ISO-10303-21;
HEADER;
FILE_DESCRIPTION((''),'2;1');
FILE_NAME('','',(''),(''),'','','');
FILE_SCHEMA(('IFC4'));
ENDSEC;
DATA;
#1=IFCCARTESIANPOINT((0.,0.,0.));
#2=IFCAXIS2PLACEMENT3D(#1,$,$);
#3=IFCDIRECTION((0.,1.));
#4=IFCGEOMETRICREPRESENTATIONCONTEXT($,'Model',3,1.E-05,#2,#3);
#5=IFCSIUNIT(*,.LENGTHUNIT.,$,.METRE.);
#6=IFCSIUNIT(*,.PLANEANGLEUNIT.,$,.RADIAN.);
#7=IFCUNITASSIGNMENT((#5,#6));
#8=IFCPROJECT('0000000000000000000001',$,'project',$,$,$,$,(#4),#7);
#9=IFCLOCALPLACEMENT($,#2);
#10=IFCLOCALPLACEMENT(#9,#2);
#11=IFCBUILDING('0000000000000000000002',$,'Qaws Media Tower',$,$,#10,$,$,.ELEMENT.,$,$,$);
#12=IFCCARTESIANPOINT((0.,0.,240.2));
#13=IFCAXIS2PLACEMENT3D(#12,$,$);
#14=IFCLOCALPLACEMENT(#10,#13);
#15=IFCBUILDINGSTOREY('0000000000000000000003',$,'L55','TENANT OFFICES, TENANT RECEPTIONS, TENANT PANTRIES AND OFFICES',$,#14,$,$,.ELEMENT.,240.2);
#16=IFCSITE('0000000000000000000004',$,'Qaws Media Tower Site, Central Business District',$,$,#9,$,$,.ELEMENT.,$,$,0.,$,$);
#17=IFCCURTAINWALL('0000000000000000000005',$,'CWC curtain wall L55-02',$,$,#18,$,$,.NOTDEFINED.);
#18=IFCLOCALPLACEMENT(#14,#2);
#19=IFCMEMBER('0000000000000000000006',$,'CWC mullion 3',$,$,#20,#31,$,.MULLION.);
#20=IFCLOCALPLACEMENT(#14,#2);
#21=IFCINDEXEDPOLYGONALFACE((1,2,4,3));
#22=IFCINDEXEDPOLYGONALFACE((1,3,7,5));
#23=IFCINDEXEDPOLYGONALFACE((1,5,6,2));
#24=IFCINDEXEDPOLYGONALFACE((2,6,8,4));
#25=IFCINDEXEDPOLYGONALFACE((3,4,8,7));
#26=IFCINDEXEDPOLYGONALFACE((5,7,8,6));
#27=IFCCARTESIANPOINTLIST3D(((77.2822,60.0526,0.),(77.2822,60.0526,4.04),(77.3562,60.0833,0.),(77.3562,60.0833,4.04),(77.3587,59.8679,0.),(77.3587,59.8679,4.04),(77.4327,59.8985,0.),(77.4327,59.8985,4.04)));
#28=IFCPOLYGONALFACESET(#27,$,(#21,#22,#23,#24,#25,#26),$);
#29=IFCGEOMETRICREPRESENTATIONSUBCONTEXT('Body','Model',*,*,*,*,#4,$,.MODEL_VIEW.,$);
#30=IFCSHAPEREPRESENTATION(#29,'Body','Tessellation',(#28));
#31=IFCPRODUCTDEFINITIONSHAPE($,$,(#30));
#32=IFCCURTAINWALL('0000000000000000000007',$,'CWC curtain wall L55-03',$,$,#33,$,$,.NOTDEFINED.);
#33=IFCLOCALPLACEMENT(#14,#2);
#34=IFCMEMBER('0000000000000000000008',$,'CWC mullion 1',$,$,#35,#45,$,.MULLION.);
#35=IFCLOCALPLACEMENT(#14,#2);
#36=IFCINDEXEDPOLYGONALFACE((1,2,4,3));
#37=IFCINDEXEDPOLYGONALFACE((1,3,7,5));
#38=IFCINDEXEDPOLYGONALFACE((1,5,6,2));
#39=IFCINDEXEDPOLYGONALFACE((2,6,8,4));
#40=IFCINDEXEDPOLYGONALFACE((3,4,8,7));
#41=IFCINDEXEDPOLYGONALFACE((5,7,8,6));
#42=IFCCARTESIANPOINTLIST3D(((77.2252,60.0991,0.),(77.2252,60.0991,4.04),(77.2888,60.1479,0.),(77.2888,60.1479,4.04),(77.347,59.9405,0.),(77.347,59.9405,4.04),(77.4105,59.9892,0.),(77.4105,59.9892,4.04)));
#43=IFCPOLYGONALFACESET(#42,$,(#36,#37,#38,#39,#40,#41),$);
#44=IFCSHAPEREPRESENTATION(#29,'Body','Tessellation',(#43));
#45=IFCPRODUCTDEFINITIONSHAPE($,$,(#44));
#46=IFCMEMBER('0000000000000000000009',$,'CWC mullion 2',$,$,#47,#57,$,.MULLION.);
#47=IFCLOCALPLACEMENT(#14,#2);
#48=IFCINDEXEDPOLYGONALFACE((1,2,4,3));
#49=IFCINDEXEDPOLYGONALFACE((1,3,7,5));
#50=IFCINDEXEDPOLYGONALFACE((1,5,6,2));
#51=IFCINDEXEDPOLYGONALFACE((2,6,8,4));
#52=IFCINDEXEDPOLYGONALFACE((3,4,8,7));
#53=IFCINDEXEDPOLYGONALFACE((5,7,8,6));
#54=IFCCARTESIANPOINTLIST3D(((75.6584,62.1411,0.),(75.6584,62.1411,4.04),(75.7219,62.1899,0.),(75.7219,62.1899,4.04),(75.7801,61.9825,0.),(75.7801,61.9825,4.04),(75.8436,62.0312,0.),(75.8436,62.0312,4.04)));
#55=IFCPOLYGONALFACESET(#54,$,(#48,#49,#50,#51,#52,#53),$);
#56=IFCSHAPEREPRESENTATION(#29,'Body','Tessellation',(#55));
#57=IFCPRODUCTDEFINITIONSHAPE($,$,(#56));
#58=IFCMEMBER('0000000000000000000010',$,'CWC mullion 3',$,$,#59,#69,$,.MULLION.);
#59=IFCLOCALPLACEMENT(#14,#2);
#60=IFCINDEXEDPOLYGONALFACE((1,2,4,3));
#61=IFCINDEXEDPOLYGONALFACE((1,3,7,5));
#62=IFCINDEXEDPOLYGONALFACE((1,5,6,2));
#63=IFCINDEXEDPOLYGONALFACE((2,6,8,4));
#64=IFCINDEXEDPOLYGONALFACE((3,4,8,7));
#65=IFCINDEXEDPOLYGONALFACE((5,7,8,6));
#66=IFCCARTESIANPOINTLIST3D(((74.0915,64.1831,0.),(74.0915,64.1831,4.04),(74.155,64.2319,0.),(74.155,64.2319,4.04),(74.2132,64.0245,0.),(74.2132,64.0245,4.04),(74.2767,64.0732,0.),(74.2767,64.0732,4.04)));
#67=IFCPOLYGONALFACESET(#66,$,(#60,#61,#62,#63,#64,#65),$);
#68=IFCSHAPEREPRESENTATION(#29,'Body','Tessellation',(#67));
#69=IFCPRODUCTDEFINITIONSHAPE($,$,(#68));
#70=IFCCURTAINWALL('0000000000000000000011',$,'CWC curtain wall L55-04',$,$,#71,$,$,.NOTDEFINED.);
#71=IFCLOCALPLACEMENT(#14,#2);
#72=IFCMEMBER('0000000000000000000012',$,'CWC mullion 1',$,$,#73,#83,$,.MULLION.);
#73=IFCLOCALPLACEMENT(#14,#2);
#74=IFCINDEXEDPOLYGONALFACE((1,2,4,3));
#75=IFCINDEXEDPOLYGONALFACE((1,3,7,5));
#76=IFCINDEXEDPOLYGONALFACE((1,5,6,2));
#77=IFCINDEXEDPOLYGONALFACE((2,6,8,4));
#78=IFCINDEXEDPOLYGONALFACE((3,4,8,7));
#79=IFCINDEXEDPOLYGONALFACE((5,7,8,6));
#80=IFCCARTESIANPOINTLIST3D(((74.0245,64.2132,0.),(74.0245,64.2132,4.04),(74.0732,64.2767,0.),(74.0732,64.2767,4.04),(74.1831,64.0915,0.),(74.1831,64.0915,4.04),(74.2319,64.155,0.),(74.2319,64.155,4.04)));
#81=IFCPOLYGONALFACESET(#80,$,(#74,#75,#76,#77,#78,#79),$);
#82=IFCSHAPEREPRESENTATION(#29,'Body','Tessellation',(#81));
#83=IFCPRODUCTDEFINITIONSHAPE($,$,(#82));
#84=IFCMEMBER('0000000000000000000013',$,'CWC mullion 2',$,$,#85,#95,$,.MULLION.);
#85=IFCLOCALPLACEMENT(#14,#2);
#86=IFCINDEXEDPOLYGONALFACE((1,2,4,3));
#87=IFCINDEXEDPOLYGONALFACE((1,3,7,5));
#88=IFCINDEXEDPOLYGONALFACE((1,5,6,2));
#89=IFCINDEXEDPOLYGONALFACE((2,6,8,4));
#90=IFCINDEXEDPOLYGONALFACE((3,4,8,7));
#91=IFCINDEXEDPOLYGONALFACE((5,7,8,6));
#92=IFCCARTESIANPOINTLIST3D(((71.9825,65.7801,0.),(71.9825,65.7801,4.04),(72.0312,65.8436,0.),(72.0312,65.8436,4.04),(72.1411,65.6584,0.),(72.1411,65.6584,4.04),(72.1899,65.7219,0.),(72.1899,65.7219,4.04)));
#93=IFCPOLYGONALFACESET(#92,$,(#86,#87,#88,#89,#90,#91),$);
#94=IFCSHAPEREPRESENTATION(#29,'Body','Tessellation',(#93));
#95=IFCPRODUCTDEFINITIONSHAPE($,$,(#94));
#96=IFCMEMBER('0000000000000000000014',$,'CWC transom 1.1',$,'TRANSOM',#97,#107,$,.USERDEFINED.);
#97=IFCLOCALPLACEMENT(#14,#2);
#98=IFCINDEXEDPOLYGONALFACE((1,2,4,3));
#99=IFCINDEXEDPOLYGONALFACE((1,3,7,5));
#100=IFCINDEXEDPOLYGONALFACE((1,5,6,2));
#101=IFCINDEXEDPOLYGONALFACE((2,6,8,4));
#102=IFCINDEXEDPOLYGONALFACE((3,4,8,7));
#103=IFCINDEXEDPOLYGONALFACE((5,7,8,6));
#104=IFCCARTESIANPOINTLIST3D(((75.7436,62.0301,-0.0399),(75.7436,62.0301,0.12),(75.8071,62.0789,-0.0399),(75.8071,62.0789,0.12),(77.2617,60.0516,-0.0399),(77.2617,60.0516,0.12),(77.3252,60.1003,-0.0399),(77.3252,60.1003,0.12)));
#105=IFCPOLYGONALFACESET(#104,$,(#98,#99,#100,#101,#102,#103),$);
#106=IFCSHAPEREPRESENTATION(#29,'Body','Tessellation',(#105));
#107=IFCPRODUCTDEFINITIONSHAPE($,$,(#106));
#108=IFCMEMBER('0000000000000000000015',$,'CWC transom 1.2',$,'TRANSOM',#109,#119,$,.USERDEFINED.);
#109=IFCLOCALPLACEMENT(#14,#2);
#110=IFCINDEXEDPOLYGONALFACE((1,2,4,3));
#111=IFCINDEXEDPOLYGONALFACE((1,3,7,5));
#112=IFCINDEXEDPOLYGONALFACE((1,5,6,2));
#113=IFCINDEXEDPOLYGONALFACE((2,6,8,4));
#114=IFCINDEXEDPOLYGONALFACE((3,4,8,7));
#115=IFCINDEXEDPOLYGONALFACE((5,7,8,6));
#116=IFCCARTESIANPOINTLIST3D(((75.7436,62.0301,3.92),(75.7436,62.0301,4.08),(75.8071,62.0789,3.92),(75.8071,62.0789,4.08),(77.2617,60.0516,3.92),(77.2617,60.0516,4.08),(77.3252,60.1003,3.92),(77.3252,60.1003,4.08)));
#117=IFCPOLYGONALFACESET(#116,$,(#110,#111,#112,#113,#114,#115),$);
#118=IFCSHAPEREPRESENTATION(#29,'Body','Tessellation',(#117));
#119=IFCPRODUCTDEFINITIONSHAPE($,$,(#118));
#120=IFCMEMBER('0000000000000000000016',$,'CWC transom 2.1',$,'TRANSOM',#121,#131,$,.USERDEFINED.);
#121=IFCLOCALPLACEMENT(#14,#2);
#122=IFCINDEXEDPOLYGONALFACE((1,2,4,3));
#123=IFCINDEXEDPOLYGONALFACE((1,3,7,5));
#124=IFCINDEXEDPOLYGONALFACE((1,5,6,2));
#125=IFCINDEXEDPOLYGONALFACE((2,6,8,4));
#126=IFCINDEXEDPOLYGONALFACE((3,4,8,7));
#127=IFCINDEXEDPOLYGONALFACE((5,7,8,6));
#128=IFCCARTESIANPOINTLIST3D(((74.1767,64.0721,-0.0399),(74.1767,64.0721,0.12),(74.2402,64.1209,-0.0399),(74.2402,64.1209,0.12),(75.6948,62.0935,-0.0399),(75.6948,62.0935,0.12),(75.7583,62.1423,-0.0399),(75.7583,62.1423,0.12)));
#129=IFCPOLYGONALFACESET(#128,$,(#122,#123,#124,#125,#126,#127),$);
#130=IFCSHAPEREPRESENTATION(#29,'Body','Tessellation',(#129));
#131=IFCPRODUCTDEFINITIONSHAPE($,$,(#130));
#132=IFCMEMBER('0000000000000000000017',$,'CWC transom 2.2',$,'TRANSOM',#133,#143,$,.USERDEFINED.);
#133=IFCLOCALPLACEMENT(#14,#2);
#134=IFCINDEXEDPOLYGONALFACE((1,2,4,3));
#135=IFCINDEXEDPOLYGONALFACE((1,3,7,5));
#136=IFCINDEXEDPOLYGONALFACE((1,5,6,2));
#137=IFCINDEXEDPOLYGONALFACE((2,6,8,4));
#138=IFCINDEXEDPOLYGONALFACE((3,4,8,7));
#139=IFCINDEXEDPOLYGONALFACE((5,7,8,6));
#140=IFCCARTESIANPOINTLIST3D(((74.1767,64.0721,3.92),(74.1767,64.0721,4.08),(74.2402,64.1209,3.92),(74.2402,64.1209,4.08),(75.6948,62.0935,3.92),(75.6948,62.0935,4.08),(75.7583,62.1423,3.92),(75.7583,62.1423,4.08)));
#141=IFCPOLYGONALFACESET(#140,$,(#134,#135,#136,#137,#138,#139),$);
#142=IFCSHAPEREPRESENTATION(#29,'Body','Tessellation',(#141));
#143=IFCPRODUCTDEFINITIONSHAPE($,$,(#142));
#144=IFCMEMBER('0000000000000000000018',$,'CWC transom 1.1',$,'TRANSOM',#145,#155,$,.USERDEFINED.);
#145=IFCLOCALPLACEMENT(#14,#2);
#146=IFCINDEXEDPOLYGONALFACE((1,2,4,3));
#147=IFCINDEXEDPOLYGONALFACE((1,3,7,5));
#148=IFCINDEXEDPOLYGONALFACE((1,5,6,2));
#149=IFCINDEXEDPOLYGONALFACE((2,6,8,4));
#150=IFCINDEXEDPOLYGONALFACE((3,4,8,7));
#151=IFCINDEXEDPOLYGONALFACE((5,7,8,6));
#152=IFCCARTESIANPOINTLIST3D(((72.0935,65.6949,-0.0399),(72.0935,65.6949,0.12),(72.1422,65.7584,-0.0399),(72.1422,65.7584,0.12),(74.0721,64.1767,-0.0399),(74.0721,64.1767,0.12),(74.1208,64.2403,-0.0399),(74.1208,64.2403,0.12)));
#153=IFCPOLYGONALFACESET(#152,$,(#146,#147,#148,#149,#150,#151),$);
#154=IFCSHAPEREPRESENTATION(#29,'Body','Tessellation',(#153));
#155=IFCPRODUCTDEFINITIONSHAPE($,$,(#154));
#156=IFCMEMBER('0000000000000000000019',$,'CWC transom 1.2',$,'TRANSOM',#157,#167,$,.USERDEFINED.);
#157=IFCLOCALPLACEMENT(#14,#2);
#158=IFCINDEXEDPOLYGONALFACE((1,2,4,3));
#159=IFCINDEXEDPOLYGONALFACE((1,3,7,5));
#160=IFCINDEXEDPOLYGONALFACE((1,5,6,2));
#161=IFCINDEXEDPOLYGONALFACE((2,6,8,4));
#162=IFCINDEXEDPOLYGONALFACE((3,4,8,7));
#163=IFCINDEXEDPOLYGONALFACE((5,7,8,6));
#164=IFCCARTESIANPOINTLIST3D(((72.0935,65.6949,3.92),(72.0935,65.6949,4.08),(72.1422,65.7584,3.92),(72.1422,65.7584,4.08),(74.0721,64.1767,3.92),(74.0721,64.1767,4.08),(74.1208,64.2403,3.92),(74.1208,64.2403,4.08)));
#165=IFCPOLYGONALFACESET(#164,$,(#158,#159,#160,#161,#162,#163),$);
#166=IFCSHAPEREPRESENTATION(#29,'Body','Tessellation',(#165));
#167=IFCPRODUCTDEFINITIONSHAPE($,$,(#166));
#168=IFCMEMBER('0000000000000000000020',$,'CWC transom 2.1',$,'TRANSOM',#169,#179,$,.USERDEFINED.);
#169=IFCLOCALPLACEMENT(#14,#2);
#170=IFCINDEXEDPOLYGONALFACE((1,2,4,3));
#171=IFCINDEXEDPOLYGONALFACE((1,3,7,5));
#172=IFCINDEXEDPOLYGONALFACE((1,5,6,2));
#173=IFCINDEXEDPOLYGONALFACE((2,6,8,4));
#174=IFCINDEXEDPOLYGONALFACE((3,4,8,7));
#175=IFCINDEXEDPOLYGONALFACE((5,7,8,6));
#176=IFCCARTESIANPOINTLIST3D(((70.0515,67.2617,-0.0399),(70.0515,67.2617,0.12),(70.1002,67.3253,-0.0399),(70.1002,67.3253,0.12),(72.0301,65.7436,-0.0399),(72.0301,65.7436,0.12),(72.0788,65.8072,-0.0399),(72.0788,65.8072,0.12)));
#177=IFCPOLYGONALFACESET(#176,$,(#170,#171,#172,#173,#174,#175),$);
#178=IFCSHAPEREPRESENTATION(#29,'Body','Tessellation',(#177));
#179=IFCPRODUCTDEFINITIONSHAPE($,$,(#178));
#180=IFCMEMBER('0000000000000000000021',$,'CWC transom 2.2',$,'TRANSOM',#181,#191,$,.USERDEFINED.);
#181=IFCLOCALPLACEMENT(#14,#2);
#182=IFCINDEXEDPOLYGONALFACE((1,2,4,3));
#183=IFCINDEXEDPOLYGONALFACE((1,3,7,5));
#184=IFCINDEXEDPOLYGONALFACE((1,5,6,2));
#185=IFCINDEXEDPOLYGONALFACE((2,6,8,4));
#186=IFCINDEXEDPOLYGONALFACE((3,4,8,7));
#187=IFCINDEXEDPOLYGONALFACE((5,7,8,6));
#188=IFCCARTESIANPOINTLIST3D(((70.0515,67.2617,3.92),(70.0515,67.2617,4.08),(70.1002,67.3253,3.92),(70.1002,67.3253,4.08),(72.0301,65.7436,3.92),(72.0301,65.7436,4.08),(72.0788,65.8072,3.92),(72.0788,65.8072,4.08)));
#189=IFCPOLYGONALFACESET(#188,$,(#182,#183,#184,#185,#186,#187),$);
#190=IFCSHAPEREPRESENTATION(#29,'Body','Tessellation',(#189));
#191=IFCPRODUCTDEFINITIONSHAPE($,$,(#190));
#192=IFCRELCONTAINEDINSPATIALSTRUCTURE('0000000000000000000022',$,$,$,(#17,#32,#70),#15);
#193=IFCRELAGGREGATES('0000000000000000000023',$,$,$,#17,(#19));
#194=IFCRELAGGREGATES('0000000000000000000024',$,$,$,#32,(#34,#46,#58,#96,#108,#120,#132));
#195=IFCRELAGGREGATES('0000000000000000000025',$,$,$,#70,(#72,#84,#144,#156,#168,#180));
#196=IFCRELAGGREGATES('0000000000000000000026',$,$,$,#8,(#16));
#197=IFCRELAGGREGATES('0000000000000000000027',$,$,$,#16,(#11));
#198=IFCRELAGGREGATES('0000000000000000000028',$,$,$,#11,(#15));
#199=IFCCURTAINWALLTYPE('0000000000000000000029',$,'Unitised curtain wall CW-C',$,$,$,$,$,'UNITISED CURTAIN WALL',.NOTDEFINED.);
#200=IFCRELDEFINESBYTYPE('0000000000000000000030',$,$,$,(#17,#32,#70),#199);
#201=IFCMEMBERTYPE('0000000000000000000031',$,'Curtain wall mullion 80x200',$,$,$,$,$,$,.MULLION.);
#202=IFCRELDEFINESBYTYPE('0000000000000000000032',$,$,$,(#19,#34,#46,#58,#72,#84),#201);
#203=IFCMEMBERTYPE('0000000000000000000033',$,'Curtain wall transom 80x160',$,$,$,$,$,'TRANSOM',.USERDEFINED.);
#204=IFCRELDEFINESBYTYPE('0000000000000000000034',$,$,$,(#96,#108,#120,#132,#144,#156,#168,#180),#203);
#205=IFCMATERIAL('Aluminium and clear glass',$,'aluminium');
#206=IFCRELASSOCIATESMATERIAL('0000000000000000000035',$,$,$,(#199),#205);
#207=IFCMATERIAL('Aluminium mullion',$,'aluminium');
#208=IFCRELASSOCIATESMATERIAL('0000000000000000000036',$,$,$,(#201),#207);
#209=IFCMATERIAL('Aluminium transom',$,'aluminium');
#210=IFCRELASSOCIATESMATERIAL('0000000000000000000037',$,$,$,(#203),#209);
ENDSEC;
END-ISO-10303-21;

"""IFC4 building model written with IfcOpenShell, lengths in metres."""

from ifc_helpers import new_model, si_unit, direction, frame, origin, origin_2d, place, context, subcontext, project, spatial, rectangle, extrude, material, material_profile, profile_set, type_object, element, aggregate, save


model = new_model("IFC4")

# Units and contexts
model_context = context("Model", 3, precision=1e-05, world=origin(), true_north=direction((0.0, 1.0)))
body_context = subcontext(model_context, "Body", "Model", "MODEL_VIEW")
ifc_project = project(units=[si_unit("LENGTHUNIT", "METRE"), si_unit("PLANEANGLEUNIT", "RADIAN")], contexts=[model_context])

# Site, building, storey
site_placement = place(None, origin())
site = spatial("IfcSite", under=ifc_project, at=site_placement, Name="Qaws Media Tower Site, Central Business District", CompositionType="ELEMENT", RefElevation=0.0)
building_placement = place(site_placement, origin())
building = spatial("IfcBuilding", under=site, at=building_placement, Name="Qaws Media Tower", CompositionType="ELEMENT")
storey_placement = place(building_placement, frame((0.0, 0.0, 240.2)))
storey = spatial("IfcBuildingStorey", under=building, at=storey_placement, Name="L55", Description="TENANT OFFICES, TENANT RECEPTIONS, TENANT PANTRIES AND OFFICES", CompositionType="ELEMENT", Elevation=240.2)

# Curtain wall, member
ifc_material_1 = material(Name="Aluminium and clear glass", Category="aluminium")
curtain_wall_type = type_object("IfcCurtainWallType", Name="Unitised curtain wall CW-C", ElementType="UNITISED CURTAIN WALL", PredefinedType="NOTDEFINED", material=ifc_material_1)
curtain_wall_1_placement = place(storey_placement, origin())
curtain_wall_1 = element("IfcCurtainWall", 1, at=curtain_wall_1_placement, inside=storey, type_object=curtain_wall_type, Name="CWC curtain wall L55-02", PredefinedType="NOTDEFINED")
ifc_material_2 = material(Name="Aluminium mullion", Category="aluminium")
ifc_material_profile_1 = material_profile(ifc_material_2, rectangle(XDim=0.0801, YDim=0.2, at=origin_2d()), Name="80x200")
ifc_profile_set_1 = profile_set([ifc_material_profile_1], Name="Aluminium mullion")
member_type_1 = type_object("IfcMemberType", Name="Curtain wall mullion 80x200", PredefinedType="MULLION", material=ifc_profile_set_1)
member_1_placement = place(storey_placement, frame((77.3574, 59.9756, 0.0), z_axis=(0.0, 0.0, 1.0), x_axis=(-0.92388, -0.382683, 0.0)))
member_1 = element("IfcMember", 2, at=member_1_placement, type_object=member_type_1, Name="CWC mullion 3", PredefinedType="MULLION", context=body_context, shape_type="SweptSolid", body=[
    extrude(rectangle(XDim=0.0801, YDim=0.2, at=origin_2d()), origin(), (0.0, 0.0, 1.0), 4.04),
])

# Curtain walls, members
curtain_wall_2_placement = place(storey_placement, origin())
curtain_wall_2 = element("IfcCurtainWall", 3, at=curtain_wall_2_placement, inside=storey, type_object=curtain_wall_type, Name="CWC curtain wall L55-03", PredefinedType="NOTDEFINED")
member_2_placement = place(storey_placement, frame((77.3179, 60.0442, 0.0), z_axis=(0.0, 0.0, 1.0), x_axis=(-0.793353, -0.608762, 0.0)))
member_2 = element("IfcMember", 4, at=member_2_placement, type_object=member_type_1, Name="CWC mullion 1", PredefinedType="MULLION", context=body_context, shape_type="SweptSolid", body=[
    extrude(rectangle(XDim=0.0801, YDim=0.2, at=origin_2d()), origin(), (0.0, 0.0, 1.0), 4.04),
])
member_3_placement = place(storey_placement, frame((75.751, 62.0862, 0.0), z_axis=(0.0, 0.0, 1.0), x_axis=(-0.793353, -0.608762, 0.0)))
member_3 = element("IfcMember", 5, at=member_3_placement, type_object=member_type_1, Name="CWC mullion 2", PredefinedType="MULLION", context=body_context, shape_type="SweptSolid", body=[
    extrude(rectangle(XDim=0.0801, YDim=0.2, at=origin_2d()), origin(), (0.0, 0.0, 1.0), 4.04),
])
member_4_placement = place(storey_placement, frame((74.1841, 64.1282, 0.0), z_axis=(0.0, 0.0, 1.0), x_axis=(-0.793353, -0.608762, 0.0)))
member_4 = element("IfcMember", 6, at=member_4_placement, type_object=member_type_1, Name="CWC mullion 3", PredefinedType="MULLION", context=body_context, shape_type="SweptSolid", body=[
    extrude(rectangle(XDim=0.0801, YDim=0.2, at=origin_2d()), origin(), (0.0, 0.0, 1.0), 4.04),
])
curtain_wall_3_placement = place(storey_placement, origin())
curtain_wall_3 = element("IfcCurtainWall", 7, at=curtain_wall_3_placement, inside=storey, type_object=curtain_wall_type, Name="CWC curtain wall L55-04", PredefinedType="NOTDEFINED")
member_5_placement = place(storey_placement, frame((74.1282, 64.1841, 0.0), z_axis=(0.0, 0.0, 1.0), x_axis=(-0.608762, -0.793353, 0.0)))
member_5 = element("IfcMember", 8, at=member_5_placement, type_object=member_type_1, Name="CWC mullion 1", PredefinedType="MULLION", context=body_context, shape_type="SweptSolid", body=[
    extrude(rectangle(XDim=0.0801, YDim=0.2, at=origin_2d()), origin(), (0.0, 0.0, 1.0), 4.04),
])
member_6_placement = place(storey_placement, frame((72.0862, 65.751, 0.0), z_axis=(0.0, 0.0, 1.0), x_axis=(-0.608762, -0.793353, 0.0)))
member_6 = element("IfcMember", 9, at=member_6_placement, type_object=member_type_1, Name="CWC mullion 2", PredefinedType="MULLION", context=body_context, shape_type="SweptSolid", body=[
    extrude(rectangle(XDim=0.0801, YDim=0.2, at=origin_2d()), origin(), (0.0, 0.0, 1.0), 4.04),
])

# Members
ifc_material_3 = material(Name="Aluminium transom", Category="aluminium")
ifc_material_profile_2 = material_profile(ifc_material_3, rectangle(XDim=0.0801, YDim=0.1599, at=origin_2d()), Name="80x160")
ifc_profile_set_2 = profile_set([ifc_material_profile_2], Name="Aluminium transom")
member_type_2 = type_object("IfcMemberType", Name="Curtain wall transom 80x160", ElementType="TRANSOM", PredefinedType="USERDEFINED", material=ifc_profile_set_2)
member_7_placement = place(storey_placement, frame((77.2935, 60.0759, 0.04), z_axis=(-0.608736, 0.793373, 0.0), x_axis=(-0.793373, -0.608736, 0.0)))
member_7 = element("IfcMember", 10, at=member_7_placement, type_object=member_type_2, Name="CWC transom 1.1", ObjectType="TRANSOM", PredefinedType="USERDEFINED", context=body_context, shape_type="SweptSolid", body=[
    extrude(rectangle(XDim=0.0801, YDim=0.1599, at=origin_2d()), origin(), (0.0, 0.0, 1.0), 2.4939),
])
member_8_placement = place(storey_placement, frame((77.2935, 60.0759, 4.0), z_axis=(-0.608736, 0.793373, 0.0), x_axis=(-0.793373, -0.608736, 0.0)))
member_8 = element("IfcMember", 11, at=member_8_placement, type_object=member_type_2, Name="CWC transom 1.2", ObjectType="TRANSOM", PredefinedType="USERDEFINED", context=body_context, shape_type="SweptSolid", body=[
    extrude(rectangle(XDim=0.0801, YDim=0.1599, at=origin_2d()), origin(), (0.0, 0.0, 1.0), 2.4939),
])
member_9_placement = place(storey_placement, frame((75.7266, 62.1179, 0.04), z_axis=(-0.608736, 0.793373, 0.0), x_axis=(-0.793373, -0.608736, 0.0)))
member_9 = element("IfcMember", 12, at=member_9_placement, type_object=member_type_2, Name="CWC transom 2.1", ObjectType="TRANSOM", PredefinedType="USERDEFINED", context=body_context, shape_type="SweptSolid", body=[
    extrude(rectangle(XDim=0.0801, YDim=0.1599, at=origin_2d()), origin(), (0.0, 0.0, 1.0), 2.4939),
])
member_10_placement = place(storey_placement, frame((75.7266, 62.1179, 4.0), z_axis=(-0.608736, 0.793373, 0.0), x_axis=(-0.793373, -0.608736, 0.0)))
member_10 = element("IfcMember", 13, at=member_10_placement, type_object=member_type_2, Name="CWC transom 2.2", ObjectType="TRANSOM", PredefinedType="USERDEFINED", context=body_context, shape_type="SweptSolid", body=[
    extrude(rectangle(XDim=0.0801, YDim=0.1599, at=origin_2d()), origin(), (0.0, 0.0, 1.0), 2.4939),
])
member_11_placement = place(storey_placement, frame((74.0964, 64.2085, 0.04), z_axis=(-0.793373, 0.608736, 0.0), x_axis=(-0.608736, -0.793373, 0.0)))
member_11 = element("IfcMember", 14, at=member_11_placement, type_object=member_type_2, Name="CWC transom 1.1", ObjectType="TRANSOM", PredefinedType="USERDEFINED", context=body_context, shape_type="SweptSolid", body=[
    extrude(rectangle(XDim=0.0801, YDim=0.1599, at=origin_2d()), origin(), (0.0, 0.0, 1.0), 2.4939),
])
member_12_placement = place(storey_placement, frame((74.0964, 64.2085, 4.0), z_axis=(-0.793373, 0.608736, 0.0), x_axis=(-0.608736, -0.793373, 0.0)))
member_12 = element("IfcMember", 15, at=member_12_placement, type_object=member_type_2, Name="CWC transom 1.2", ObjectType="TRANSOM", PredefinedType="USERDEFINED", context=body_context, shape_type="SweptSolid", body=[
    extrude(rectangle(XDim=0.0801, YDim=0.1599, at=origin_2d()), origin(), (0.0, 0.0, 1.0), 2.4939),
])
member_13_placement = place(storey_placement, frame((72.0544, 65.7754, 0.04), z_axis=(-0.793373, 0.608736, 0.0), x_axis=(-0.608736, -0.793373, 0.0)))
member_13 = element("IfcMember", 16, at=member_13_placement, type_object=member_type_2, Name="CWC transom 2.1", ObjectType="TRANSOM", PredefinedType="USERDEFINED", context=body_context, shape_type="SweptSolid", body=[
    extrude(rectangle(XDim=0.0801, YDim=0.1599, at=origin_2d()), origin(), (0.0, 0.0, 1.0), 2.4939),
])
member_14_placement = place(storey_placement, frame((72.0544, 65.7754, 4.0), z_axis=(-0.793373, 0.608736, 0.0), x_axis=(-0.608736, -0.793373, 0.0)))
member_14 = element("IfcMember", 17, at=member_14_placement, type_object=member_type_2, Name="CWC transom 2.2", ObjectType="TRANSOM", PredefinedType="USERDEFINED", context=body_context, shape_type="SweptSolid", body=[
    extrude(rectangle(XDim=0.0801, YDim=0.1599, at=origin_2d()), origin(), (0.0, 0.0, 1.0), 2.4939),
])

aggregate(curtain_wall_1, [member_1])
aggregate(curtain_wall_2, [member_2, member_3, member_4, member_7, member_8, member_9, member_10])
aggregate(curtain_wall_3, [member_5, member_6, member_11, member_12, member_13, member_14])

save(model, "model.ifc")
